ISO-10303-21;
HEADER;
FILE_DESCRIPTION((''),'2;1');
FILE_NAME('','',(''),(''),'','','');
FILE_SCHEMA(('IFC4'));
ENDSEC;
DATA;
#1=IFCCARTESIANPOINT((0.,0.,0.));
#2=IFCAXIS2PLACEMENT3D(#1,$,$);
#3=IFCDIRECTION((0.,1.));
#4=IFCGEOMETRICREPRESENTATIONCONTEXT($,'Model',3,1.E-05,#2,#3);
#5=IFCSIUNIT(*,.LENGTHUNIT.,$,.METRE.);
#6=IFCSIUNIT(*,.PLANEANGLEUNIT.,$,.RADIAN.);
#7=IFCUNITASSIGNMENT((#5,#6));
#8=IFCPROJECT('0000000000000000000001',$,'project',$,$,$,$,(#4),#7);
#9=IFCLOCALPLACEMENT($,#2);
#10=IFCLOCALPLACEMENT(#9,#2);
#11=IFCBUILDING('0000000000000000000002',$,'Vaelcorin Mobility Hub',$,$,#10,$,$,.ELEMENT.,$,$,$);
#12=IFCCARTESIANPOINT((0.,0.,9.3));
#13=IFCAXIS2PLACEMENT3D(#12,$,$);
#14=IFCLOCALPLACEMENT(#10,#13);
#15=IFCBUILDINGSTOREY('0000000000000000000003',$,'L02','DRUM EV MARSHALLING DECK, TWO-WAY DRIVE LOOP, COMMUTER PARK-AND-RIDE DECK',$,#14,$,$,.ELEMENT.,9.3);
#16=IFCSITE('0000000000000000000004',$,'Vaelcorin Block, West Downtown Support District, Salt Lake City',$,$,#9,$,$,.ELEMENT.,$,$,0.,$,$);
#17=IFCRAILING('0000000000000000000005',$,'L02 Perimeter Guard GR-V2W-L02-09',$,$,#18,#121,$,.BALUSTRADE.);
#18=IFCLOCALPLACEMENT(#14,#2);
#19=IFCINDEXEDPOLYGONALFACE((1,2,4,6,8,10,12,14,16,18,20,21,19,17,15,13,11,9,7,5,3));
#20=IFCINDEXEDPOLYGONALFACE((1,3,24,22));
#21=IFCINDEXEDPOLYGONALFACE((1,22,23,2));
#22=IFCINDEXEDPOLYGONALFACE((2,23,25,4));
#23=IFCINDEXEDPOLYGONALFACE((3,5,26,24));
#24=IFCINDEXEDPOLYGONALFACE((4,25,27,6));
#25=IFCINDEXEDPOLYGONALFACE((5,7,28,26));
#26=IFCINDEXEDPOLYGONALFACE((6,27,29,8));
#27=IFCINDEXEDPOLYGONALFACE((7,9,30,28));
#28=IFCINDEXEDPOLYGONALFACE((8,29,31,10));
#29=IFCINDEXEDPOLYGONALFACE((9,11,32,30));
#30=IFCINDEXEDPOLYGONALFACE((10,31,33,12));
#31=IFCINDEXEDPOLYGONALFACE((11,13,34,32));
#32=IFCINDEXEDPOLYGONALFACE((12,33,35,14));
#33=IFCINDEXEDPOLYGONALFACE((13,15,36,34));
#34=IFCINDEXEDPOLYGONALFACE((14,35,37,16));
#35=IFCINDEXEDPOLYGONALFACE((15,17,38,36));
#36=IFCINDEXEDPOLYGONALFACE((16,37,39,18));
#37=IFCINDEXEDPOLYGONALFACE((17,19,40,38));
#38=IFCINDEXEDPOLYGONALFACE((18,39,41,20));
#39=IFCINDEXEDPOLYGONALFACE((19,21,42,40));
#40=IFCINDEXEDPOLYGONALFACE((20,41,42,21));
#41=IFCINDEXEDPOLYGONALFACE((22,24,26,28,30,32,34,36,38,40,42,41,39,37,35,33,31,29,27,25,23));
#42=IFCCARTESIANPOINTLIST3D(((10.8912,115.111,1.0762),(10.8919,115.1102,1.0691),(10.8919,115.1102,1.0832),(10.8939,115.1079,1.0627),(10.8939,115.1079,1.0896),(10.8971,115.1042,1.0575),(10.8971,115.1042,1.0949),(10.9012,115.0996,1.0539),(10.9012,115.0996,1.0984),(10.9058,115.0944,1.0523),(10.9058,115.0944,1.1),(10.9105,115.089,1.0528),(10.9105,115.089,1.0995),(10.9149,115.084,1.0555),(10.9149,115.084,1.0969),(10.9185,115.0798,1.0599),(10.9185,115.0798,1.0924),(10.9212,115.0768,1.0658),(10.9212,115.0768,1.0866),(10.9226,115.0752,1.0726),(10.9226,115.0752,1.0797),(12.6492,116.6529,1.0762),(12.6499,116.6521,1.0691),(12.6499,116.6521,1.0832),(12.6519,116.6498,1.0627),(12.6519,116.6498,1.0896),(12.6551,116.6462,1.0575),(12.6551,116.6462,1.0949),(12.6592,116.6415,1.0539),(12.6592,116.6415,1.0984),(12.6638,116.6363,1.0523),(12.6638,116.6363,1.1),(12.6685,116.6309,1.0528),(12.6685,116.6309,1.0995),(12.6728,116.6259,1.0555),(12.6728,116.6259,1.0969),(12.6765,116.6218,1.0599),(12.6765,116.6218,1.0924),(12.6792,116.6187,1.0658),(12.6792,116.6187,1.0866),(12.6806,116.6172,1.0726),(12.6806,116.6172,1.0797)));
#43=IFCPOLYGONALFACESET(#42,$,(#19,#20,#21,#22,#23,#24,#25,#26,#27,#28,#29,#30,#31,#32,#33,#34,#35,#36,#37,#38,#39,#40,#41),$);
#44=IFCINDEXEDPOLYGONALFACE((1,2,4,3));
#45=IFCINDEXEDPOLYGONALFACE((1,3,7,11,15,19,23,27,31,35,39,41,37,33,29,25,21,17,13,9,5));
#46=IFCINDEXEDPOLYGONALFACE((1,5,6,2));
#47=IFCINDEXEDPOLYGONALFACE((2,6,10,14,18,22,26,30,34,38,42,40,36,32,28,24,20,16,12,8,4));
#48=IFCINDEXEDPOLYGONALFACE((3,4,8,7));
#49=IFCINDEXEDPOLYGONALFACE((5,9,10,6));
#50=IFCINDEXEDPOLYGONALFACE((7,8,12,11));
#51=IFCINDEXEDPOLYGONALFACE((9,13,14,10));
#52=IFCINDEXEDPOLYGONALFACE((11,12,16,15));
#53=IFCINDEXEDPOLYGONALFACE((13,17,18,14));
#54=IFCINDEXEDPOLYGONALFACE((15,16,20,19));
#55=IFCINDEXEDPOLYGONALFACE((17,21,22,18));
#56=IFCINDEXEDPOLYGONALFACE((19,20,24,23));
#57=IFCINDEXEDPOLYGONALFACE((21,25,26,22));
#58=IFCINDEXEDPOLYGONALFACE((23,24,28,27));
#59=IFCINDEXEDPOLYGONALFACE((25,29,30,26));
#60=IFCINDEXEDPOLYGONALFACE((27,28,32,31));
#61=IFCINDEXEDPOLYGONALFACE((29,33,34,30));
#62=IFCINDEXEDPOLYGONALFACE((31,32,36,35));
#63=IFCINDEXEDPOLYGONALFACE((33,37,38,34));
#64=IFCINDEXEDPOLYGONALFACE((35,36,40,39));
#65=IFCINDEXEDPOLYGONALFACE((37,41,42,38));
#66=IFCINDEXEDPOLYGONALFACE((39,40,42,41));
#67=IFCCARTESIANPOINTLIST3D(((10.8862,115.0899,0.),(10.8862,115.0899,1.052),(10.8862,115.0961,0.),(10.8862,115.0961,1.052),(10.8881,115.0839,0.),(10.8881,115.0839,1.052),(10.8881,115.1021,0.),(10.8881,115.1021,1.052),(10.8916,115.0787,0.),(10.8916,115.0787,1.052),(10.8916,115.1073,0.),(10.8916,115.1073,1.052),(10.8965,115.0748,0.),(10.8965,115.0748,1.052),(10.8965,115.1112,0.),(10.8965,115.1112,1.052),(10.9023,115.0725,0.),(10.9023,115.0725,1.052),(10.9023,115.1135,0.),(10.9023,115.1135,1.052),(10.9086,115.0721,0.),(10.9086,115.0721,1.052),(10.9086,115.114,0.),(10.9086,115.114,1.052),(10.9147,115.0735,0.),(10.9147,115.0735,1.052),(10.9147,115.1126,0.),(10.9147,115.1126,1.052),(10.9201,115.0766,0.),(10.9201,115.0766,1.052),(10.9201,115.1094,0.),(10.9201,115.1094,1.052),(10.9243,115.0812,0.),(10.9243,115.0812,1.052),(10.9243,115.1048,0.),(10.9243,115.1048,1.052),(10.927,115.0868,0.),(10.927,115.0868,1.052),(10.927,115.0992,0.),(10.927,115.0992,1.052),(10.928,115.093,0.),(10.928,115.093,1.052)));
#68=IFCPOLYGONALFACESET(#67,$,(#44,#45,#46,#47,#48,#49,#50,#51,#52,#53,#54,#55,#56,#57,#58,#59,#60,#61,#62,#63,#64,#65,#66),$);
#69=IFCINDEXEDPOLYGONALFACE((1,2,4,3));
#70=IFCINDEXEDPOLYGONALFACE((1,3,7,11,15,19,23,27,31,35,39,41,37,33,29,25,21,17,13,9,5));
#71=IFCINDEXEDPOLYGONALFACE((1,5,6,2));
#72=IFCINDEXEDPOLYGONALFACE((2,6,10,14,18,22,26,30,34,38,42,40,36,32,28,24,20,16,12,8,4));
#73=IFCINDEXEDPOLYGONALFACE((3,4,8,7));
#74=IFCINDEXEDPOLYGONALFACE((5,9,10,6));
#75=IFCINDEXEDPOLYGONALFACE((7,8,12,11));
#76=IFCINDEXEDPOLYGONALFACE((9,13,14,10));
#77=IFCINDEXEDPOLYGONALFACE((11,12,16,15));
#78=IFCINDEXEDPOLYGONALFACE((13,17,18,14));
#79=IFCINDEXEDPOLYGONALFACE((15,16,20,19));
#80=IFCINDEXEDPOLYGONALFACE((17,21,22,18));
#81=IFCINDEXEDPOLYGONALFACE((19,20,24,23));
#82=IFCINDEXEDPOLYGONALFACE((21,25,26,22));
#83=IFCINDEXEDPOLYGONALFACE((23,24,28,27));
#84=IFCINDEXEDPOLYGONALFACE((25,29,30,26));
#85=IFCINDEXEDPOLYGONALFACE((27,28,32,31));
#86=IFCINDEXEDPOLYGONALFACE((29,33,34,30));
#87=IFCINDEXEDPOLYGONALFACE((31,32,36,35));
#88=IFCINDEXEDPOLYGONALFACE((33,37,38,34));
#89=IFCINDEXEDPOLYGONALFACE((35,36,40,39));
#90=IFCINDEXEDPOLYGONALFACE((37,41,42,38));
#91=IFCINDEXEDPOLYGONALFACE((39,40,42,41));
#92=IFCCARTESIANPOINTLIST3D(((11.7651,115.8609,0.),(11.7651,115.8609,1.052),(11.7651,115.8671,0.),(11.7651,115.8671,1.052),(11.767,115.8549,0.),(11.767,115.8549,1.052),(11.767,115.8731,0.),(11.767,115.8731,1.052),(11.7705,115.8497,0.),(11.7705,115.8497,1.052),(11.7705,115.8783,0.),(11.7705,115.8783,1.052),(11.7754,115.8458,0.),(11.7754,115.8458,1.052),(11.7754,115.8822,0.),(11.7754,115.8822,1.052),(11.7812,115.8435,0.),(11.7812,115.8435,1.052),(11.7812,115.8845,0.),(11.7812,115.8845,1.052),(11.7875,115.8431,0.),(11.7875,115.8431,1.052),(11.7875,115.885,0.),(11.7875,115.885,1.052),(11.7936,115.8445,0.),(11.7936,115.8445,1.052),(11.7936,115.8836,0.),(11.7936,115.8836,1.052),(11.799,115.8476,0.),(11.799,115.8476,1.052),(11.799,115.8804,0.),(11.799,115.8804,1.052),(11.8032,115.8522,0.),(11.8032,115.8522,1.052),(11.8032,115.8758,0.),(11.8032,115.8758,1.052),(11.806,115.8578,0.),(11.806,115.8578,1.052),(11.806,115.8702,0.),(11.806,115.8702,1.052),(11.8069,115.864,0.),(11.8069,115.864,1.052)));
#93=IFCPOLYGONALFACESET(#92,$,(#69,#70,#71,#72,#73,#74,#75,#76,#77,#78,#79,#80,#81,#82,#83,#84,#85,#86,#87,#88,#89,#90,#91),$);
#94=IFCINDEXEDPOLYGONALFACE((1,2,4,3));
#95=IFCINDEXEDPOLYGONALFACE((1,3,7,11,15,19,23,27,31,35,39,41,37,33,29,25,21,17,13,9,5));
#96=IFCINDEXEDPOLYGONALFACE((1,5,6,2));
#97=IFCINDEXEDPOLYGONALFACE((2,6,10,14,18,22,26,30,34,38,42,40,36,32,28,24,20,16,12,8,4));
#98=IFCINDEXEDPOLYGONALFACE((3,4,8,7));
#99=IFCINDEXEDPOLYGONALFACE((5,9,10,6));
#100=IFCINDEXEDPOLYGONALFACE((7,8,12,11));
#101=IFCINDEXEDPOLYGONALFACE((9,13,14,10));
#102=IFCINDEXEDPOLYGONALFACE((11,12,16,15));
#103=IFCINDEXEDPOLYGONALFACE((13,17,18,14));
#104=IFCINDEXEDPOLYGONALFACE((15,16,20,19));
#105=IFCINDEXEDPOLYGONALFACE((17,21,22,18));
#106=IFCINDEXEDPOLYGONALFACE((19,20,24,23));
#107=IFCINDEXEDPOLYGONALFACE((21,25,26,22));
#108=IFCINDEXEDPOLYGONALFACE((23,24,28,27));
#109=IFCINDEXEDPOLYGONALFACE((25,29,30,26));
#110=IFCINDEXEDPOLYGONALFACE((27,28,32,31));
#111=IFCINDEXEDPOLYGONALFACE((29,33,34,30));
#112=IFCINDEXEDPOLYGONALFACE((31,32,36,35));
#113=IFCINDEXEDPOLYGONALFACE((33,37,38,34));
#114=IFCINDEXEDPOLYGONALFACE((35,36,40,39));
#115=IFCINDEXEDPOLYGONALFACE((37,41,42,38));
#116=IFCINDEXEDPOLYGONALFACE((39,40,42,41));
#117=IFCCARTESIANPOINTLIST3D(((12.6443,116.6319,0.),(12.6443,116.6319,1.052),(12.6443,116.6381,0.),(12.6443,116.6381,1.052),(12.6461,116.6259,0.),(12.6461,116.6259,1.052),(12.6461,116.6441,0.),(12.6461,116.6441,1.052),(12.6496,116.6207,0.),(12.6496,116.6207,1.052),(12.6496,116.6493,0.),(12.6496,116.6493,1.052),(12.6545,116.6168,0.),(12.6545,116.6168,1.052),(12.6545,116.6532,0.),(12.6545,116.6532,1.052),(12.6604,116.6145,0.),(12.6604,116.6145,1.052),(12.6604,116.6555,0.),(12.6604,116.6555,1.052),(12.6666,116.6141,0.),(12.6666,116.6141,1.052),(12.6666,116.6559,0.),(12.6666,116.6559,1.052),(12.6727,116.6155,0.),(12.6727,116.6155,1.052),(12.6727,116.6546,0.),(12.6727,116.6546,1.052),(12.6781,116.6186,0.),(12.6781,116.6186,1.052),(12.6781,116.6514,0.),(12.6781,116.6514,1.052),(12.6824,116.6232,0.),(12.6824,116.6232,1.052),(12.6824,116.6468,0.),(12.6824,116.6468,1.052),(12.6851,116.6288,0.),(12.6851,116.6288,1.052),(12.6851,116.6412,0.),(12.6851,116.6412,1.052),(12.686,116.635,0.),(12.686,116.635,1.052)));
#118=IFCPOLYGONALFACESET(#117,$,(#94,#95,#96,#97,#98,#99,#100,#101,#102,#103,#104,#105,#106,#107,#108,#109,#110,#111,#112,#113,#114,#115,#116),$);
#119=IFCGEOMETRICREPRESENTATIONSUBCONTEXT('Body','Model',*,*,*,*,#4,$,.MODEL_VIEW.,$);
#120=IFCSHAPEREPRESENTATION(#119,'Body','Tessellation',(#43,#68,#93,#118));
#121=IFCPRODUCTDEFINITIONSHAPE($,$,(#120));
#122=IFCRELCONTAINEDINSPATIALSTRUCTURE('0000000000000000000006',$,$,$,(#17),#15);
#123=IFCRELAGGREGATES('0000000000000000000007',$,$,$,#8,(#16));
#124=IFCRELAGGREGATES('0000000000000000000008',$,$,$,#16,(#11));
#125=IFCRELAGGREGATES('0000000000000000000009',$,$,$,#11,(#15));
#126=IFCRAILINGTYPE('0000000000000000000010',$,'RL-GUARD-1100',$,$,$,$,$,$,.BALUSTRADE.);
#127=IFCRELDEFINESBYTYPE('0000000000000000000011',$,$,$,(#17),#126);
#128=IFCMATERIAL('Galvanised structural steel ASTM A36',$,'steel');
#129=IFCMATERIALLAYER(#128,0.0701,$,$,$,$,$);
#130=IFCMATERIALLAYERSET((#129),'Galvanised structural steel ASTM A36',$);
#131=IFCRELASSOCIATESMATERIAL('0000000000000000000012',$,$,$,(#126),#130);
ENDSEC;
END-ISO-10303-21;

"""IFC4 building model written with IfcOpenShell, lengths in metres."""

from ifc_helpers import new_model, si_unit, direction, frame, origin, origin_2d, place, context, subcontext, project, spatial, circle, extrude, material, layer, layer_set, type_object, element, save


model = new_model("IFC4")

# Units and contexts
model_context = context("Model", 3, precision=1e-05, world=origin(), true_north=direction((0.0, 1.0)))
body_context = subcontext(model_context, "Body", "Model", "MODEL_VIEW")
ifc_project = project(units=[si_unit("LENGTHUNIT", "METRE"), si_unit("PLANEANGLEUNIT", "RADIAN")], contexts=[model_context])

# Site, building, storey
site_placement = place(None, origin())
site = spatial("IfcSite", under=ifc_project, at=site_placement, Name="Vaelcorin Block, West Downtown Support District, Salt Lake City", CompositionType="ELEMENT", RefElevation=0.0)
building_placement = place(site_placement, origin())
building = spatial("IfcBuilding", under=site, at=building_placement, Name="Vaelcorin Mobility Hub", CompositionType="ELEMENT")
storey_placement = place(building_placement, frame((0.0, 0.0, 9.3)))
storey = spatial("IfcBuildingStorey", under=building, at=storey_placement, Name="L02", Description="DRUM EV MARSHALLING DECK, TWO-WAY DRIVE LOOP, COMMUTER PARK-AND-RIDE DECK", CompositionType="ELEMENT", Elevation=9.3)

# Railing
ifc_material_1 = material(Name="Galvanised structural steel ASTM A36", Category="steel")
ifc_layer_1 = layer(ifc_material_1, 0.0701)
ifc_layer_set_1 = layer_set([ifc_layer_1], Name="Galvanised structural steel ASTM A36")
railing_type = type_object("IfcRailingType", Name="RL-GUARD-1100", PredefinedType="BALUSTRADE", material=ifc_layer_set_1)
railing_1_placement = place(storey_placement, frame((10.907, 115.093, 0.0)))
element("IfcRailing", 1, at=railing_1_placement, inside=storey, type_object=railing_type, Name="L02 Perimeter Guard GR-V2W-L02-09", PredefinedType="BALUSTRADE", context=body_context, shape_type="SweptSolid", body=[
    extrude(circle(Radius=0.0239, at=origin_2d()), frame((0.0, 0.0, 1.0762), z_axis=(0.751794, 0.659398, 0.0), x_axis=(-0.659398, 0.751794, 0.0)), (0.0, 0.0, 1.0), 2.3384),
    extrude(circle(Radius=0.021, at=origin_2d()), origin(), (0.0, 0.0, 1.0), 1.052),
    extrude(circle(Radius=0.021, at=origin_2d()), frame((0.8789, 0.771, 0.0)), (0.0, 0.0, 1.0), 1.052),
    extrude(circle(Radius=0.021, at=origin_2d()), frame((1.7581, 1.542, 0.0)), (0.0, 0.0, 1.0), 1.052),
])

save(model, "model.ifc")
